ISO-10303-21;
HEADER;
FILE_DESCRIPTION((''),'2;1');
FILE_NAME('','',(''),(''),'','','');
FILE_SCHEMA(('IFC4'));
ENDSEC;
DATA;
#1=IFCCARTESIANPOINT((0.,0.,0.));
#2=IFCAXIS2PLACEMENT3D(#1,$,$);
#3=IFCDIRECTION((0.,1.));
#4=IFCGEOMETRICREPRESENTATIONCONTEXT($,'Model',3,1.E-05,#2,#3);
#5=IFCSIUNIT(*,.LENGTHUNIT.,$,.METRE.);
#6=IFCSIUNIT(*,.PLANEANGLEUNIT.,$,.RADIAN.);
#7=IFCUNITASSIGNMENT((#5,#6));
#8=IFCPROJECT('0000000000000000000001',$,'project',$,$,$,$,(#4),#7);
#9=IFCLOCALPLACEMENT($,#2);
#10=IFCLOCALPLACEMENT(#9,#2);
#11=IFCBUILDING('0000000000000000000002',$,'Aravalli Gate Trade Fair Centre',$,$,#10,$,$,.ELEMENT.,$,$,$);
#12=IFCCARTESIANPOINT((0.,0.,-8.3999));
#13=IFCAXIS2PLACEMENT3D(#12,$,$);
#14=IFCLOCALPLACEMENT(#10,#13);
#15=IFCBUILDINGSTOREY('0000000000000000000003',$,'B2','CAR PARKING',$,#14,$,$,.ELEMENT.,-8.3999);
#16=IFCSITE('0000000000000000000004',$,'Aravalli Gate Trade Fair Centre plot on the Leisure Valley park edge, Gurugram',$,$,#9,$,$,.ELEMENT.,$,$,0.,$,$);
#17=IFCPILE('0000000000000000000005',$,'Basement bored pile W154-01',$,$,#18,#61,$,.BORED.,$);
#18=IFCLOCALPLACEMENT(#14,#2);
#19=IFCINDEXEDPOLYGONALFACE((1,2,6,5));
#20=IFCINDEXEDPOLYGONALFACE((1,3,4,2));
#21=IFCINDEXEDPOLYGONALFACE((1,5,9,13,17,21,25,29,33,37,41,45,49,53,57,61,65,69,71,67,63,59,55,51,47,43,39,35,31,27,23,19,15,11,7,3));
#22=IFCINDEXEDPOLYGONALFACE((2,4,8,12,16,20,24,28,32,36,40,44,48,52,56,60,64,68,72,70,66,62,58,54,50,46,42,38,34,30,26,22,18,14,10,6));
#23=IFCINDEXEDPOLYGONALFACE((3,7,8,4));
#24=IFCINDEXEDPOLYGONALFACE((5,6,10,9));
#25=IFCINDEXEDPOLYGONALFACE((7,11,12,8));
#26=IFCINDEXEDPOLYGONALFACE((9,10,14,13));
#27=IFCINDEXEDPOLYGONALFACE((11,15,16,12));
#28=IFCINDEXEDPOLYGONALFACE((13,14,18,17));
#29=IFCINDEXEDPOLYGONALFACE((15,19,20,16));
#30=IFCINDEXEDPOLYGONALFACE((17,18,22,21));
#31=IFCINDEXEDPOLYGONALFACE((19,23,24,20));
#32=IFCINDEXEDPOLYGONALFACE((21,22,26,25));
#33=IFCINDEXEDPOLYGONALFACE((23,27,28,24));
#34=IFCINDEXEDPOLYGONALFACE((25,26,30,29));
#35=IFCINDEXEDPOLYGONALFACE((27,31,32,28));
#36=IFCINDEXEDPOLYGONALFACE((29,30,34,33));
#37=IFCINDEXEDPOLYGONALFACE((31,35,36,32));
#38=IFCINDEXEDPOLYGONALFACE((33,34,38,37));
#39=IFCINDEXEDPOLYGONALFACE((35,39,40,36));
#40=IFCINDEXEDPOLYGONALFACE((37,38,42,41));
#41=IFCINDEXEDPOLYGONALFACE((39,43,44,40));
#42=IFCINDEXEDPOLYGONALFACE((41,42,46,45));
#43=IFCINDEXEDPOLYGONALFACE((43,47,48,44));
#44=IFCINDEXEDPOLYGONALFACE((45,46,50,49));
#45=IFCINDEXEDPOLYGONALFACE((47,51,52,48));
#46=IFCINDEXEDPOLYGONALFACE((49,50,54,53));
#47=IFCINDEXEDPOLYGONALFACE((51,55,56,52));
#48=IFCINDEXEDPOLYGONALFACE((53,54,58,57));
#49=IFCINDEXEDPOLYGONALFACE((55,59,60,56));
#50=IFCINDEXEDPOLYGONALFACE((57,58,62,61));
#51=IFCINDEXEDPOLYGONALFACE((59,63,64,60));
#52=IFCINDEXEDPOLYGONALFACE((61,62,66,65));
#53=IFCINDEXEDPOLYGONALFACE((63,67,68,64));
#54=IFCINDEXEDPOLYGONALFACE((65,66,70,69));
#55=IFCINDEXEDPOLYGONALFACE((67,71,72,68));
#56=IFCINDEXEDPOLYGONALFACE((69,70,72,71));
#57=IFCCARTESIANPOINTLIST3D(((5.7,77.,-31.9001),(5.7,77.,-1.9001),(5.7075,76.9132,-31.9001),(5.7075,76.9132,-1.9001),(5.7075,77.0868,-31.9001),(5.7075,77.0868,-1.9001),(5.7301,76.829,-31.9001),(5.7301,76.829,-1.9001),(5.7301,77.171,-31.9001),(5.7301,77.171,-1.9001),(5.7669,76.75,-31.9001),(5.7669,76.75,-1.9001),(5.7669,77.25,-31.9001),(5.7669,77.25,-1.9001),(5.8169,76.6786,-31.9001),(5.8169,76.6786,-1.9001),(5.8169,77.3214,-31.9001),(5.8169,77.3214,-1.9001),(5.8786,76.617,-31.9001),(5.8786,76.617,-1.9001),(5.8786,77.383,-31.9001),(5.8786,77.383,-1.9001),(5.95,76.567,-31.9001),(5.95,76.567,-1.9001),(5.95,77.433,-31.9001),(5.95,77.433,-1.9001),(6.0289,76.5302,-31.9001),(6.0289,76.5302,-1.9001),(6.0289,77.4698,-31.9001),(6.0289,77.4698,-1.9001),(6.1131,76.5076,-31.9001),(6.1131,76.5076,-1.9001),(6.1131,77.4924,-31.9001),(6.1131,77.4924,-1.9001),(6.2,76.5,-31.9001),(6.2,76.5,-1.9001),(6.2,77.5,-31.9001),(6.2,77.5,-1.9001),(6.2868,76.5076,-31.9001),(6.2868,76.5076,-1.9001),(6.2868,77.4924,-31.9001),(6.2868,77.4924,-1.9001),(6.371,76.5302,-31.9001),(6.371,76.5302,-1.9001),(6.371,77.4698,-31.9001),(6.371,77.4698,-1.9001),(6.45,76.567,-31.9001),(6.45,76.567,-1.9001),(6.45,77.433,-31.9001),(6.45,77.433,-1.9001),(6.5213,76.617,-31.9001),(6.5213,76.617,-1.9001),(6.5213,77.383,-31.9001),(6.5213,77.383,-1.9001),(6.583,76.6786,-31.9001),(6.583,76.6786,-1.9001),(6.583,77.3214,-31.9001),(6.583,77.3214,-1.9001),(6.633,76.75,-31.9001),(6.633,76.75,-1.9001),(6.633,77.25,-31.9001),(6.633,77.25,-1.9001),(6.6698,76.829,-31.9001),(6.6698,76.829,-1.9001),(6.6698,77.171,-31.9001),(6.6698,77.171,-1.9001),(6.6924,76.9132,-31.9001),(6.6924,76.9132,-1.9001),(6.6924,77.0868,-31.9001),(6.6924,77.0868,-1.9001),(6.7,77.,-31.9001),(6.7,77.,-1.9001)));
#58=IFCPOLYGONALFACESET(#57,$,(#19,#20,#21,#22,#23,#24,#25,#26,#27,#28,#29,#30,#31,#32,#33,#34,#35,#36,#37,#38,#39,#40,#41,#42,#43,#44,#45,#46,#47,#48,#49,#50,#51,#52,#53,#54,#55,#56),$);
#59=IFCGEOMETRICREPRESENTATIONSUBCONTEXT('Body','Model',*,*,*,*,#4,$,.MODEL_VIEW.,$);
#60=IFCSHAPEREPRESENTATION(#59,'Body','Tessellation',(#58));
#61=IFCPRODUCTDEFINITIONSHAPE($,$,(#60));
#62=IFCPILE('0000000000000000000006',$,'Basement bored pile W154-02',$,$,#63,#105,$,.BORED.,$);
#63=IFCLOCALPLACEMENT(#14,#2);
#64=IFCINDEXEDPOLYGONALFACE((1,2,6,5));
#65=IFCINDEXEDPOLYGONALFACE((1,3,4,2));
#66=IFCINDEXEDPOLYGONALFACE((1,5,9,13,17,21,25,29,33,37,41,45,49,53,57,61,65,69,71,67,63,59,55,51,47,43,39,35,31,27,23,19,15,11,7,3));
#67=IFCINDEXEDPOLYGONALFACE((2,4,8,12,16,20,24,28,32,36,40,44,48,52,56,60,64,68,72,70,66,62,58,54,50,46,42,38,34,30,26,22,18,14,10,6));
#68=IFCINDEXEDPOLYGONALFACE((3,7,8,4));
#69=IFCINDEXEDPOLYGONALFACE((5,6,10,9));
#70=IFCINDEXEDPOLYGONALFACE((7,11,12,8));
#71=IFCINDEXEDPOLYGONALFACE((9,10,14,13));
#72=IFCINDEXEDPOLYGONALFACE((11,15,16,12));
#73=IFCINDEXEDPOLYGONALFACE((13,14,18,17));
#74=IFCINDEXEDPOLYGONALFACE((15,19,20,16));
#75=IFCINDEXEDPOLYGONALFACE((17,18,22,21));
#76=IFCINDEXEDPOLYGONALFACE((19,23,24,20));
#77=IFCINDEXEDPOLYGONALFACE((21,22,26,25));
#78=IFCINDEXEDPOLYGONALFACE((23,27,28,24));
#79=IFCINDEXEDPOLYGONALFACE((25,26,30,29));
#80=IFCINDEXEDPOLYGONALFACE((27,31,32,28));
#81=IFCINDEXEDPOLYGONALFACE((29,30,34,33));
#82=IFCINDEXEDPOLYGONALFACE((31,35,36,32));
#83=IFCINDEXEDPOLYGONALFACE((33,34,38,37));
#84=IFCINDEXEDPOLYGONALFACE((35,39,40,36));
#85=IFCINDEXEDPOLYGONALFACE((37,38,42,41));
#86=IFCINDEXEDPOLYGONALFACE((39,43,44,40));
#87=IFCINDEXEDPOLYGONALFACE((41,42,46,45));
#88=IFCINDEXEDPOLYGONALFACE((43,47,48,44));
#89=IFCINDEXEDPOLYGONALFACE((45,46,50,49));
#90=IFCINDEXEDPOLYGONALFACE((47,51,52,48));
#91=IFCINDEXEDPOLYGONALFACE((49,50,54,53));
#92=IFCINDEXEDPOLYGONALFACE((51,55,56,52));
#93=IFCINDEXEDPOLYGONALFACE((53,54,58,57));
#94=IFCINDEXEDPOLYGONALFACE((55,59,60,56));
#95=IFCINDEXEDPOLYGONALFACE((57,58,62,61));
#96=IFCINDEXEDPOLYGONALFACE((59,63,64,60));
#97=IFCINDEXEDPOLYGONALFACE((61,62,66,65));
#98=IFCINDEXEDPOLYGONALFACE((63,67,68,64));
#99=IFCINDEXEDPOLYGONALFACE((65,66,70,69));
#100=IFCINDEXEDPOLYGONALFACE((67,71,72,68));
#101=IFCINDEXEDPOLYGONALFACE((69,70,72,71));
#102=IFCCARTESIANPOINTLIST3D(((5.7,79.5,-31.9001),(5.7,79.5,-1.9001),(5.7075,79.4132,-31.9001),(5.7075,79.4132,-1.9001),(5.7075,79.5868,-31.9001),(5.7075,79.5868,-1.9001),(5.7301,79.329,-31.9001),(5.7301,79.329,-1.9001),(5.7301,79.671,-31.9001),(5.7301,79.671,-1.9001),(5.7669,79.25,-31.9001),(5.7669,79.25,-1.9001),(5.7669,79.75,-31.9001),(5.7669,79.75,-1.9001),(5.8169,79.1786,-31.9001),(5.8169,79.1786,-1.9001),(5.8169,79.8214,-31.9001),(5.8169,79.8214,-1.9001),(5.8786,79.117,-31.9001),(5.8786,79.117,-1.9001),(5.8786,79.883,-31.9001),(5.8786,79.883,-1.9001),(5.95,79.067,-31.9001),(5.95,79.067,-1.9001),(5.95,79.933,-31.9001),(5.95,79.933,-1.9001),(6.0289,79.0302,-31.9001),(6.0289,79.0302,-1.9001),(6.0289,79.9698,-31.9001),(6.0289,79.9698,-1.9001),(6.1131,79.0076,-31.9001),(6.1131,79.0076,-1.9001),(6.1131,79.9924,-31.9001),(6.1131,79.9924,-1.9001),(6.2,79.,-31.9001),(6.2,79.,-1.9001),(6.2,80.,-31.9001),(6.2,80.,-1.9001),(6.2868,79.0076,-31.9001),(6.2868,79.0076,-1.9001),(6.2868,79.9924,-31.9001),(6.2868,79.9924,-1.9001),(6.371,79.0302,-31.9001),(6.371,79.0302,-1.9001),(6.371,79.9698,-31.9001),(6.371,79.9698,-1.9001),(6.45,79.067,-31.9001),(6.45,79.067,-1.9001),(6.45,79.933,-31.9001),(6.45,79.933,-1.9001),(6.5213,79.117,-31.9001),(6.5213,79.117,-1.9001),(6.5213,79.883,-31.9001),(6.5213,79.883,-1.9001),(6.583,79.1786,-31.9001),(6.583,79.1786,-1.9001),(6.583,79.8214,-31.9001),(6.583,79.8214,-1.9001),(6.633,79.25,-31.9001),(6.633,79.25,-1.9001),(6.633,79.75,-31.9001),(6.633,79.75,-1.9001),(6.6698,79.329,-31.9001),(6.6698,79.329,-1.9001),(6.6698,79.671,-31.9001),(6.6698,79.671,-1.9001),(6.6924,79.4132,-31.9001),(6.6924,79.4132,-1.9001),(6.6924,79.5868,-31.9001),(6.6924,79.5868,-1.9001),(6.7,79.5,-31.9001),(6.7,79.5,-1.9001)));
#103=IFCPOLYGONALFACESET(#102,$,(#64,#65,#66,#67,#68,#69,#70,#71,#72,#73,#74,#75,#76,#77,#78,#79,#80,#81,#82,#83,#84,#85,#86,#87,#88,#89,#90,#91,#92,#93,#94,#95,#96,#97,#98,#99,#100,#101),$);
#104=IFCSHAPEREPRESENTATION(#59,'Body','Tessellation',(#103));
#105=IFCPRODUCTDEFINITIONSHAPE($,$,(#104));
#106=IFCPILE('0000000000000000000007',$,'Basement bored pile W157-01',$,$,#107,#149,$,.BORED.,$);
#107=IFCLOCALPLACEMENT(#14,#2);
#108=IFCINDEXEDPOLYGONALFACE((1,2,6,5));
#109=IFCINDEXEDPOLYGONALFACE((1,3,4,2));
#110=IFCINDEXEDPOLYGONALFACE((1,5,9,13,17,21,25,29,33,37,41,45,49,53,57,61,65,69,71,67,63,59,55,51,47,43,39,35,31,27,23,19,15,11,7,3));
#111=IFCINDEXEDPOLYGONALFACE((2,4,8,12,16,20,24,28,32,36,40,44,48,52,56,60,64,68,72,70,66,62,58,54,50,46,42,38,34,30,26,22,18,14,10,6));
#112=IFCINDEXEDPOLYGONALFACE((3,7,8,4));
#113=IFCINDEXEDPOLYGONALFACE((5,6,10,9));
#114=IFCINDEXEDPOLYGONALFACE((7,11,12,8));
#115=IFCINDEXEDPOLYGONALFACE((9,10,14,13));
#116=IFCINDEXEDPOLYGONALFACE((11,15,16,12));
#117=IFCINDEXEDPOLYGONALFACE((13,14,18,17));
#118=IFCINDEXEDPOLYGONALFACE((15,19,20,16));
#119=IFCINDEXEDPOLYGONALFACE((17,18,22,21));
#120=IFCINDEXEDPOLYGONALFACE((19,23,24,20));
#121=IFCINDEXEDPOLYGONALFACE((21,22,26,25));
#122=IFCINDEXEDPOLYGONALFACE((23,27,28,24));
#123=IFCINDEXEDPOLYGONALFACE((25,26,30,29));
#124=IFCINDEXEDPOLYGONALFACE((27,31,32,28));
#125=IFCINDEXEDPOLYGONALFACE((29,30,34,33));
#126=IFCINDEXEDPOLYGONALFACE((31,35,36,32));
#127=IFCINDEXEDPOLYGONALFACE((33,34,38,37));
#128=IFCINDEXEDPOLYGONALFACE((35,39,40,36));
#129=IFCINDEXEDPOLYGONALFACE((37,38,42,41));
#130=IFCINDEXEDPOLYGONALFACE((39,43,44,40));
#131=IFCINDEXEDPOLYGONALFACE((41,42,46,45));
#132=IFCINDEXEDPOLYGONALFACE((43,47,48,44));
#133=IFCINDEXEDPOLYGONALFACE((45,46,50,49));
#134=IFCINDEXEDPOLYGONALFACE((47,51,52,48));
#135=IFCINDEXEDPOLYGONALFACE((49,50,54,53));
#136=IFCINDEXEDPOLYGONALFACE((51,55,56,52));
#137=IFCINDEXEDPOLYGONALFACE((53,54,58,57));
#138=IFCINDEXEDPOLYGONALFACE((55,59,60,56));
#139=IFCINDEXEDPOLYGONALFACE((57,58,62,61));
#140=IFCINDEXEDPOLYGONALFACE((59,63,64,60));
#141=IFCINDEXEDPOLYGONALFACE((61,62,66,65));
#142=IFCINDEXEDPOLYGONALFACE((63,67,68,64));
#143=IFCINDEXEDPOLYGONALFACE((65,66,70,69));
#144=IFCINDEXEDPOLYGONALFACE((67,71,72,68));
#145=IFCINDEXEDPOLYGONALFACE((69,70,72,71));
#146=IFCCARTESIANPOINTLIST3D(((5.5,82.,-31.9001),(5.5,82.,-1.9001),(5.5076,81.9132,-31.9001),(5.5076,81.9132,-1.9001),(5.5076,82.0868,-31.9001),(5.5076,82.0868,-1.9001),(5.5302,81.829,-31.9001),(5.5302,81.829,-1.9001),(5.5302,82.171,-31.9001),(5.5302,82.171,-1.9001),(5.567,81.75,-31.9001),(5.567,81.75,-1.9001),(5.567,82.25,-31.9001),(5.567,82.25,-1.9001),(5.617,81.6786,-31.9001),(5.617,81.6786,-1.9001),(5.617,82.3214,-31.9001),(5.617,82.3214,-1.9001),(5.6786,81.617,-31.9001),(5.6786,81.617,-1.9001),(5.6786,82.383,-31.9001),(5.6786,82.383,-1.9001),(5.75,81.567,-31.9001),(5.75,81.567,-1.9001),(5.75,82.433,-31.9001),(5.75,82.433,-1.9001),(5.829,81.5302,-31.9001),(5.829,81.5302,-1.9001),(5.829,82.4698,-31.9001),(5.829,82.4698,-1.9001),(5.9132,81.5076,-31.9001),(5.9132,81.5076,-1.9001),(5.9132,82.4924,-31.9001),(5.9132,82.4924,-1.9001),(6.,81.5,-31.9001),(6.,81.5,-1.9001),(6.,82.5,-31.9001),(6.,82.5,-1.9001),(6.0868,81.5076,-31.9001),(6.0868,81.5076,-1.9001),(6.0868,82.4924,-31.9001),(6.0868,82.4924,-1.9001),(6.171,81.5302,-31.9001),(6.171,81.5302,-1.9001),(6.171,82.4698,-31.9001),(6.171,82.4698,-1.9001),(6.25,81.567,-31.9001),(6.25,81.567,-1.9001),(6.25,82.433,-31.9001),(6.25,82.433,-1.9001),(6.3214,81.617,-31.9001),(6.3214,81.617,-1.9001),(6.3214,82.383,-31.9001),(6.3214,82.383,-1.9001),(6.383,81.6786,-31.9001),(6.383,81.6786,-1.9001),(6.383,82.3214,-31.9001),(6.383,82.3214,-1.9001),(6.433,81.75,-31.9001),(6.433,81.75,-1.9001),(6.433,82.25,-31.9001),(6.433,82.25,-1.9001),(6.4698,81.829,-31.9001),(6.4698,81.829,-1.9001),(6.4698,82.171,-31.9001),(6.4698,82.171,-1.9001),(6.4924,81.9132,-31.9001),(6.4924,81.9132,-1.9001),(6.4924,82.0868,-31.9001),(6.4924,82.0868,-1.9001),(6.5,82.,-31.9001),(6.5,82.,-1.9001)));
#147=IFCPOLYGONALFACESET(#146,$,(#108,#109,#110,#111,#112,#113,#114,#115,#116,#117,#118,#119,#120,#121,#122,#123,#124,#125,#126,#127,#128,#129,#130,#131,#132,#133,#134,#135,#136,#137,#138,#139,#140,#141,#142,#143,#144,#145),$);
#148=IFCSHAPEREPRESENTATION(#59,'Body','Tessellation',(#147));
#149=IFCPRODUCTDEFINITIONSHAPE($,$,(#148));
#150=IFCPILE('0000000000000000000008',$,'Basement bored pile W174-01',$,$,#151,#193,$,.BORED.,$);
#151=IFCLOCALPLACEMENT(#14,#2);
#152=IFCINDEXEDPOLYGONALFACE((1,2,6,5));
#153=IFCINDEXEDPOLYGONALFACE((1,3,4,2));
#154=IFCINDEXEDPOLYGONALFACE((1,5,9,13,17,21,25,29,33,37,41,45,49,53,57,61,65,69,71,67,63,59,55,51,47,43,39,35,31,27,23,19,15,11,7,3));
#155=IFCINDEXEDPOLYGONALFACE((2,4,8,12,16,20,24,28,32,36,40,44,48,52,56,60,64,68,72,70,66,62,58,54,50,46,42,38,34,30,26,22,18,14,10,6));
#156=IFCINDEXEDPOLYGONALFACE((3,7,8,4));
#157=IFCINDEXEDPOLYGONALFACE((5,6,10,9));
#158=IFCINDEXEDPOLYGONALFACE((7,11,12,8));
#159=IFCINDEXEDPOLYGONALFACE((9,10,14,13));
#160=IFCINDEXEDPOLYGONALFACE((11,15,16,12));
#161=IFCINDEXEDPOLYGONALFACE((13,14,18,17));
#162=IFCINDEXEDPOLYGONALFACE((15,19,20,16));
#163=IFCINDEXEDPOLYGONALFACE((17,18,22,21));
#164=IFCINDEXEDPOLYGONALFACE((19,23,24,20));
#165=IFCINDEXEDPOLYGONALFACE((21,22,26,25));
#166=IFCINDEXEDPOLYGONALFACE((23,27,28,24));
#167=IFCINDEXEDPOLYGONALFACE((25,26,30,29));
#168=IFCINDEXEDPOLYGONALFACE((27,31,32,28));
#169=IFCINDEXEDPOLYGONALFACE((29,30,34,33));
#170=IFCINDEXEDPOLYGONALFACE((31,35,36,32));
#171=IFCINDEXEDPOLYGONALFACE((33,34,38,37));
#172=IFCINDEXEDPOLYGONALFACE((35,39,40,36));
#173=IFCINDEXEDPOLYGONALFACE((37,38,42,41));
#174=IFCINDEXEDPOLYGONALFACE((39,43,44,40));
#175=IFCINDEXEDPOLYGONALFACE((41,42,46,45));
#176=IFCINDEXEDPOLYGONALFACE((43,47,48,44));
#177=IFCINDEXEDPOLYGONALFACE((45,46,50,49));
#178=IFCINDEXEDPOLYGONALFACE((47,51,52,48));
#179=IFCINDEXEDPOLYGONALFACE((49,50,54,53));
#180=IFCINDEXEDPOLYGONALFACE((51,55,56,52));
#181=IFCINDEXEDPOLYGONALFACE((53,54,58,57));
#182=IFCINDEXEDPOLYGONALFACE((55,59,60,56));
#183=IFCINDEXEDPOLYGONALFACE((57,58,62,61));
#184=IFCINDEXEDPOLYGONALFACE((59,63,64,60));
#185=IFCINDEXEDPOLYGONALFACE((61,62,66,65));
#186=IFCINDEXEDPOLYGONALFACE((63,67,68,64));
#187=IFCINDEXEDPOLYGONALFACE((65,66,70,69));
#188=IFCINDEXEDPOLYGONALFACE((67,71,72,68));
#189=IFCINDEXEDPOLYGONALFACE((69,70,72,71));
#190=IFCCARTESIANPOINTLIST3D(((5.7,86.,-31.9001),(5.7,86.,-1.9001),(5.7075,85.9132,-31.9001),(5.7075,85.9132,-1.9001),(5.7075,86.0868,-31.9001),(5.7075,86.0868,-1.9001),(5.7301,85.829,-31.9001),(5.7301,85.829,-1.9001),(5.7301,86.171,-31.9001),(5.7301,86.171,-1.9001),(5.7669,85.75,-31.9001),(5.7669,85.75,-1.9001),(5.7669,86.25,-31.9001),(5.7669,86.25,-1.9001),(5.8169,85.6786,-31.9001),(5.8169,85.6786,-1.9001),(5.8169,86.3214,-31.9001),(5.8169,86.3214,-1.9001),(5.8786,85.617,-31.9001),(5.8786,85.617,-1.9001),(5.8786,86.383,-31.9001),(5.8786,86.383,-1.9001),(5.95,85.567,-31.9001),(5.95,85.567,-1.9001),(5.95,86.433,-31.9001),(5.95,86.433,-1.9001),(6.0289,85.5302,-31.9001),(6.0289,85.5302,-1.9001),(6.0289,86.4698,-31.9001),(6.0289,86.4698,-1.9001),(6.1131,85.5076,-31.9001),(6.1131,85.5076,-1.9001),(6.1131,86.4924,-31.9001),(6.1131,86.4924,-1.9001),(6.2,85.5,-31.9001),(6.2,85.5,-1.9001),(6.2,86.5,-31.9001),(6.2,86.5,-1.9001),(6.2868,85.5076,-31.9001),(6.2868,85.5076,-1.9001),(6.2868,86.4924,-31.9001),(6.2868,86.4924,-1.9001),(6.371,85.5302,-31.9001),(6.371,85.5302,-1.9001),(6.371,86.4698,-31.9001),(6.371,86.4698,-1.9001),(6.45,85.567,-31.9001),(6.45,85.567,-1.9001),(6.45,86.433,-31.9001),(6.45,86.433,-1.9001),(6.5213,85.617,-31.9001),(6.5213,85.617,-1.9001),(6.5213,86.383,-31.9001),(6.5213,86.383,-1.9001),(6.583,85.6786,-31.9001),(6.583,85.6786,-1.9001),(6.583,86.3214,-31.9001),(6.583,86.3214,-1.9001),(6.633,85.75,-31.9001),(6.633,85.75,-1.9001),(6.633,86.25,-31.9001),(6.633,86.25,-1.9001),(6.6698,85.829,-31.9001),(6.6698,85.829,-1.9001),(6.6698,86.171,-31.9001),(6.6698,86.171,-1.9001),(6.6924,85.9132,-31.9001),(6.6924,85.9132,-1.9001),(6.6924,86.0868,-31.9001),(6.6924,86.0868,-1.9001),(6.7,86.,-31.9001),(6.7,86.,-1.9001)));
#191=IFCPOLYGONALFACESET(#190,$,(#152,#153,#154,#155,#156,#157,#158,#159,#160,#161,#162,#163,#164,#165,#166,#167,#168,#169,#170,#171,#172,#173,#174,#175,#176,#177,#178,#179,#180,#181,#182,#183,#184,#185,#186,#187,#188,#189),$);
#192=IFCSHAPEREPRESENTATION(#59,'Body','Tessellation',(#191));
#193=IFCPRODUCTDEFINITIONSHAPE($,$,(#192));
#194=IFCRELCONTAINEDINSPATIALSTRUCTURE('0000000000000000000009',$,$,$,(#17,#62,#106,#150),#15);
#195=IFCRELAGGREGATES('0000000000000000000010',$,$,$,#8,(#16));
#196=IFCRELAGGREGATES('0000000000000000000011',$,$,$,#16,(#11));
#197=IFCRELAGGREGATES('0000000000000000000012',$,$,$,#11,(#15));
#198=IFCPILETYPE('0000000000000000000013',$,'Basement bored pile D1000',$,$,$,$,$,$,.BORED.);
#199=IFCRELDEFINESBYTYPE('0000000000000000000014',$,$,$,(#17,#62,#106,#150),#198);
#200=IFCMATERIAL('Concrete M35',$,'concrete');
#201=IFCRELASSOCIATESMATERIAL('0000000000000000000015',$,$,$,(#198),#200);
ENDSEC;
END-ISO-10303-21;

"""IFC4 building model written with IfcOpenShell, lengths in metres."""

from ifc_helpers import new_model, si_unit, direction, frame, origin, origin_2d, place, context, subcontext, project, spatial, circle, extrude, material, material_profile, profile_set, type_object, element, save


model = new_model("IFC4")

# Units and contexts
model_context = context("Model", 3, precision=1e-05, world=origin(), true_north=direction((0.0, 1.0)))
body_context = subcontext(model_context, "Body", "Model", "MODEL_VIEW")
ifc_project = project(units=[si_unit("LENGTHUNIT", "METRE"), si_unit("PLANEANGLEUNIT", "RADIAN")], contexts=[model_context])

# Site, building, storey
site_placement = place(None, origin())
site = spatial("IfcSite", under=ifc_project, at=site_placement, Name="Aravalli Gate Trade Fair Centre plot on the Leisure Valley park edge, Gurugram", CompositionType="ELEMENT", RefElevation=0.0)
building_placement = place(site_placement, origin())
building = spatial("IfcBuilding", under=site, at=building_placement, Name="Aravalli Gate Trade Fair Centre", CompositionType="ELEMENT")
storey_placement = place(building_placement, frame((0.0, 0.0, -8.3999)))
storey = spatial("IfcBuildingStorey", under=building, at=storey_placement, Name="B2", Description="CAR PARKING", CompositionType="ELEMENT", Elevation=-8.3999)

# Piles
ifc_material_1 = material(Name="Concrete M35", Category="concrete")
ifc_material_profile_1 = material_profile(ifc_material_1, circle(Radius=0.5, at=origin_2d()), Name="D1000")
ifc_profile_set_1 = profile_set([ifc_material_profile_1], Name="Concrete M35")
pile_type = type_object("IfcPileType", Name="Basement bored pile D1000", PredefinedType="BORED", material=ifc_profile_set_1)
for number, where, z_axis, x_axis, name in (
    (1, (6.2, 77.0, -1.9001), (0.0, 0.0, -1.0), (1.0, 0.0, 0.0), "Basement bored pile W154-01"),
    (2, (6.2, 79.5, -1.9001), (0.0, 0.0, -1.0), (1.0, 0.0, 0.0), "Basement bored pile W154-02"),
    (3, (6.0, 82.0, -1.9001), (0.0, 0.0, -1.0), (1.0, 0.0, 0.0), "Basement bored pile W157-01"),
    (4, (6.2, 86.0, -1.9001), (0.0, 0.0, -1.0), (1.0, 0.0, 0.0), "Basement bored pile W174-01"),
):
    element("IfcPile", number, at=place(storey_placement, frame(where, z_axis=z_axis, x_axis=x_axis)), inside=storey, type_object=pile_type, Name=name, PredefinedType="BORED", context=body_context, shape_type="SweptSolid", body=[
        extrude(circle(Radius=0.5, at=origin_2d()), origin(), (0.0, 0.0, 1.0), 30.0),
    ])

save(model, "model.ifc")
